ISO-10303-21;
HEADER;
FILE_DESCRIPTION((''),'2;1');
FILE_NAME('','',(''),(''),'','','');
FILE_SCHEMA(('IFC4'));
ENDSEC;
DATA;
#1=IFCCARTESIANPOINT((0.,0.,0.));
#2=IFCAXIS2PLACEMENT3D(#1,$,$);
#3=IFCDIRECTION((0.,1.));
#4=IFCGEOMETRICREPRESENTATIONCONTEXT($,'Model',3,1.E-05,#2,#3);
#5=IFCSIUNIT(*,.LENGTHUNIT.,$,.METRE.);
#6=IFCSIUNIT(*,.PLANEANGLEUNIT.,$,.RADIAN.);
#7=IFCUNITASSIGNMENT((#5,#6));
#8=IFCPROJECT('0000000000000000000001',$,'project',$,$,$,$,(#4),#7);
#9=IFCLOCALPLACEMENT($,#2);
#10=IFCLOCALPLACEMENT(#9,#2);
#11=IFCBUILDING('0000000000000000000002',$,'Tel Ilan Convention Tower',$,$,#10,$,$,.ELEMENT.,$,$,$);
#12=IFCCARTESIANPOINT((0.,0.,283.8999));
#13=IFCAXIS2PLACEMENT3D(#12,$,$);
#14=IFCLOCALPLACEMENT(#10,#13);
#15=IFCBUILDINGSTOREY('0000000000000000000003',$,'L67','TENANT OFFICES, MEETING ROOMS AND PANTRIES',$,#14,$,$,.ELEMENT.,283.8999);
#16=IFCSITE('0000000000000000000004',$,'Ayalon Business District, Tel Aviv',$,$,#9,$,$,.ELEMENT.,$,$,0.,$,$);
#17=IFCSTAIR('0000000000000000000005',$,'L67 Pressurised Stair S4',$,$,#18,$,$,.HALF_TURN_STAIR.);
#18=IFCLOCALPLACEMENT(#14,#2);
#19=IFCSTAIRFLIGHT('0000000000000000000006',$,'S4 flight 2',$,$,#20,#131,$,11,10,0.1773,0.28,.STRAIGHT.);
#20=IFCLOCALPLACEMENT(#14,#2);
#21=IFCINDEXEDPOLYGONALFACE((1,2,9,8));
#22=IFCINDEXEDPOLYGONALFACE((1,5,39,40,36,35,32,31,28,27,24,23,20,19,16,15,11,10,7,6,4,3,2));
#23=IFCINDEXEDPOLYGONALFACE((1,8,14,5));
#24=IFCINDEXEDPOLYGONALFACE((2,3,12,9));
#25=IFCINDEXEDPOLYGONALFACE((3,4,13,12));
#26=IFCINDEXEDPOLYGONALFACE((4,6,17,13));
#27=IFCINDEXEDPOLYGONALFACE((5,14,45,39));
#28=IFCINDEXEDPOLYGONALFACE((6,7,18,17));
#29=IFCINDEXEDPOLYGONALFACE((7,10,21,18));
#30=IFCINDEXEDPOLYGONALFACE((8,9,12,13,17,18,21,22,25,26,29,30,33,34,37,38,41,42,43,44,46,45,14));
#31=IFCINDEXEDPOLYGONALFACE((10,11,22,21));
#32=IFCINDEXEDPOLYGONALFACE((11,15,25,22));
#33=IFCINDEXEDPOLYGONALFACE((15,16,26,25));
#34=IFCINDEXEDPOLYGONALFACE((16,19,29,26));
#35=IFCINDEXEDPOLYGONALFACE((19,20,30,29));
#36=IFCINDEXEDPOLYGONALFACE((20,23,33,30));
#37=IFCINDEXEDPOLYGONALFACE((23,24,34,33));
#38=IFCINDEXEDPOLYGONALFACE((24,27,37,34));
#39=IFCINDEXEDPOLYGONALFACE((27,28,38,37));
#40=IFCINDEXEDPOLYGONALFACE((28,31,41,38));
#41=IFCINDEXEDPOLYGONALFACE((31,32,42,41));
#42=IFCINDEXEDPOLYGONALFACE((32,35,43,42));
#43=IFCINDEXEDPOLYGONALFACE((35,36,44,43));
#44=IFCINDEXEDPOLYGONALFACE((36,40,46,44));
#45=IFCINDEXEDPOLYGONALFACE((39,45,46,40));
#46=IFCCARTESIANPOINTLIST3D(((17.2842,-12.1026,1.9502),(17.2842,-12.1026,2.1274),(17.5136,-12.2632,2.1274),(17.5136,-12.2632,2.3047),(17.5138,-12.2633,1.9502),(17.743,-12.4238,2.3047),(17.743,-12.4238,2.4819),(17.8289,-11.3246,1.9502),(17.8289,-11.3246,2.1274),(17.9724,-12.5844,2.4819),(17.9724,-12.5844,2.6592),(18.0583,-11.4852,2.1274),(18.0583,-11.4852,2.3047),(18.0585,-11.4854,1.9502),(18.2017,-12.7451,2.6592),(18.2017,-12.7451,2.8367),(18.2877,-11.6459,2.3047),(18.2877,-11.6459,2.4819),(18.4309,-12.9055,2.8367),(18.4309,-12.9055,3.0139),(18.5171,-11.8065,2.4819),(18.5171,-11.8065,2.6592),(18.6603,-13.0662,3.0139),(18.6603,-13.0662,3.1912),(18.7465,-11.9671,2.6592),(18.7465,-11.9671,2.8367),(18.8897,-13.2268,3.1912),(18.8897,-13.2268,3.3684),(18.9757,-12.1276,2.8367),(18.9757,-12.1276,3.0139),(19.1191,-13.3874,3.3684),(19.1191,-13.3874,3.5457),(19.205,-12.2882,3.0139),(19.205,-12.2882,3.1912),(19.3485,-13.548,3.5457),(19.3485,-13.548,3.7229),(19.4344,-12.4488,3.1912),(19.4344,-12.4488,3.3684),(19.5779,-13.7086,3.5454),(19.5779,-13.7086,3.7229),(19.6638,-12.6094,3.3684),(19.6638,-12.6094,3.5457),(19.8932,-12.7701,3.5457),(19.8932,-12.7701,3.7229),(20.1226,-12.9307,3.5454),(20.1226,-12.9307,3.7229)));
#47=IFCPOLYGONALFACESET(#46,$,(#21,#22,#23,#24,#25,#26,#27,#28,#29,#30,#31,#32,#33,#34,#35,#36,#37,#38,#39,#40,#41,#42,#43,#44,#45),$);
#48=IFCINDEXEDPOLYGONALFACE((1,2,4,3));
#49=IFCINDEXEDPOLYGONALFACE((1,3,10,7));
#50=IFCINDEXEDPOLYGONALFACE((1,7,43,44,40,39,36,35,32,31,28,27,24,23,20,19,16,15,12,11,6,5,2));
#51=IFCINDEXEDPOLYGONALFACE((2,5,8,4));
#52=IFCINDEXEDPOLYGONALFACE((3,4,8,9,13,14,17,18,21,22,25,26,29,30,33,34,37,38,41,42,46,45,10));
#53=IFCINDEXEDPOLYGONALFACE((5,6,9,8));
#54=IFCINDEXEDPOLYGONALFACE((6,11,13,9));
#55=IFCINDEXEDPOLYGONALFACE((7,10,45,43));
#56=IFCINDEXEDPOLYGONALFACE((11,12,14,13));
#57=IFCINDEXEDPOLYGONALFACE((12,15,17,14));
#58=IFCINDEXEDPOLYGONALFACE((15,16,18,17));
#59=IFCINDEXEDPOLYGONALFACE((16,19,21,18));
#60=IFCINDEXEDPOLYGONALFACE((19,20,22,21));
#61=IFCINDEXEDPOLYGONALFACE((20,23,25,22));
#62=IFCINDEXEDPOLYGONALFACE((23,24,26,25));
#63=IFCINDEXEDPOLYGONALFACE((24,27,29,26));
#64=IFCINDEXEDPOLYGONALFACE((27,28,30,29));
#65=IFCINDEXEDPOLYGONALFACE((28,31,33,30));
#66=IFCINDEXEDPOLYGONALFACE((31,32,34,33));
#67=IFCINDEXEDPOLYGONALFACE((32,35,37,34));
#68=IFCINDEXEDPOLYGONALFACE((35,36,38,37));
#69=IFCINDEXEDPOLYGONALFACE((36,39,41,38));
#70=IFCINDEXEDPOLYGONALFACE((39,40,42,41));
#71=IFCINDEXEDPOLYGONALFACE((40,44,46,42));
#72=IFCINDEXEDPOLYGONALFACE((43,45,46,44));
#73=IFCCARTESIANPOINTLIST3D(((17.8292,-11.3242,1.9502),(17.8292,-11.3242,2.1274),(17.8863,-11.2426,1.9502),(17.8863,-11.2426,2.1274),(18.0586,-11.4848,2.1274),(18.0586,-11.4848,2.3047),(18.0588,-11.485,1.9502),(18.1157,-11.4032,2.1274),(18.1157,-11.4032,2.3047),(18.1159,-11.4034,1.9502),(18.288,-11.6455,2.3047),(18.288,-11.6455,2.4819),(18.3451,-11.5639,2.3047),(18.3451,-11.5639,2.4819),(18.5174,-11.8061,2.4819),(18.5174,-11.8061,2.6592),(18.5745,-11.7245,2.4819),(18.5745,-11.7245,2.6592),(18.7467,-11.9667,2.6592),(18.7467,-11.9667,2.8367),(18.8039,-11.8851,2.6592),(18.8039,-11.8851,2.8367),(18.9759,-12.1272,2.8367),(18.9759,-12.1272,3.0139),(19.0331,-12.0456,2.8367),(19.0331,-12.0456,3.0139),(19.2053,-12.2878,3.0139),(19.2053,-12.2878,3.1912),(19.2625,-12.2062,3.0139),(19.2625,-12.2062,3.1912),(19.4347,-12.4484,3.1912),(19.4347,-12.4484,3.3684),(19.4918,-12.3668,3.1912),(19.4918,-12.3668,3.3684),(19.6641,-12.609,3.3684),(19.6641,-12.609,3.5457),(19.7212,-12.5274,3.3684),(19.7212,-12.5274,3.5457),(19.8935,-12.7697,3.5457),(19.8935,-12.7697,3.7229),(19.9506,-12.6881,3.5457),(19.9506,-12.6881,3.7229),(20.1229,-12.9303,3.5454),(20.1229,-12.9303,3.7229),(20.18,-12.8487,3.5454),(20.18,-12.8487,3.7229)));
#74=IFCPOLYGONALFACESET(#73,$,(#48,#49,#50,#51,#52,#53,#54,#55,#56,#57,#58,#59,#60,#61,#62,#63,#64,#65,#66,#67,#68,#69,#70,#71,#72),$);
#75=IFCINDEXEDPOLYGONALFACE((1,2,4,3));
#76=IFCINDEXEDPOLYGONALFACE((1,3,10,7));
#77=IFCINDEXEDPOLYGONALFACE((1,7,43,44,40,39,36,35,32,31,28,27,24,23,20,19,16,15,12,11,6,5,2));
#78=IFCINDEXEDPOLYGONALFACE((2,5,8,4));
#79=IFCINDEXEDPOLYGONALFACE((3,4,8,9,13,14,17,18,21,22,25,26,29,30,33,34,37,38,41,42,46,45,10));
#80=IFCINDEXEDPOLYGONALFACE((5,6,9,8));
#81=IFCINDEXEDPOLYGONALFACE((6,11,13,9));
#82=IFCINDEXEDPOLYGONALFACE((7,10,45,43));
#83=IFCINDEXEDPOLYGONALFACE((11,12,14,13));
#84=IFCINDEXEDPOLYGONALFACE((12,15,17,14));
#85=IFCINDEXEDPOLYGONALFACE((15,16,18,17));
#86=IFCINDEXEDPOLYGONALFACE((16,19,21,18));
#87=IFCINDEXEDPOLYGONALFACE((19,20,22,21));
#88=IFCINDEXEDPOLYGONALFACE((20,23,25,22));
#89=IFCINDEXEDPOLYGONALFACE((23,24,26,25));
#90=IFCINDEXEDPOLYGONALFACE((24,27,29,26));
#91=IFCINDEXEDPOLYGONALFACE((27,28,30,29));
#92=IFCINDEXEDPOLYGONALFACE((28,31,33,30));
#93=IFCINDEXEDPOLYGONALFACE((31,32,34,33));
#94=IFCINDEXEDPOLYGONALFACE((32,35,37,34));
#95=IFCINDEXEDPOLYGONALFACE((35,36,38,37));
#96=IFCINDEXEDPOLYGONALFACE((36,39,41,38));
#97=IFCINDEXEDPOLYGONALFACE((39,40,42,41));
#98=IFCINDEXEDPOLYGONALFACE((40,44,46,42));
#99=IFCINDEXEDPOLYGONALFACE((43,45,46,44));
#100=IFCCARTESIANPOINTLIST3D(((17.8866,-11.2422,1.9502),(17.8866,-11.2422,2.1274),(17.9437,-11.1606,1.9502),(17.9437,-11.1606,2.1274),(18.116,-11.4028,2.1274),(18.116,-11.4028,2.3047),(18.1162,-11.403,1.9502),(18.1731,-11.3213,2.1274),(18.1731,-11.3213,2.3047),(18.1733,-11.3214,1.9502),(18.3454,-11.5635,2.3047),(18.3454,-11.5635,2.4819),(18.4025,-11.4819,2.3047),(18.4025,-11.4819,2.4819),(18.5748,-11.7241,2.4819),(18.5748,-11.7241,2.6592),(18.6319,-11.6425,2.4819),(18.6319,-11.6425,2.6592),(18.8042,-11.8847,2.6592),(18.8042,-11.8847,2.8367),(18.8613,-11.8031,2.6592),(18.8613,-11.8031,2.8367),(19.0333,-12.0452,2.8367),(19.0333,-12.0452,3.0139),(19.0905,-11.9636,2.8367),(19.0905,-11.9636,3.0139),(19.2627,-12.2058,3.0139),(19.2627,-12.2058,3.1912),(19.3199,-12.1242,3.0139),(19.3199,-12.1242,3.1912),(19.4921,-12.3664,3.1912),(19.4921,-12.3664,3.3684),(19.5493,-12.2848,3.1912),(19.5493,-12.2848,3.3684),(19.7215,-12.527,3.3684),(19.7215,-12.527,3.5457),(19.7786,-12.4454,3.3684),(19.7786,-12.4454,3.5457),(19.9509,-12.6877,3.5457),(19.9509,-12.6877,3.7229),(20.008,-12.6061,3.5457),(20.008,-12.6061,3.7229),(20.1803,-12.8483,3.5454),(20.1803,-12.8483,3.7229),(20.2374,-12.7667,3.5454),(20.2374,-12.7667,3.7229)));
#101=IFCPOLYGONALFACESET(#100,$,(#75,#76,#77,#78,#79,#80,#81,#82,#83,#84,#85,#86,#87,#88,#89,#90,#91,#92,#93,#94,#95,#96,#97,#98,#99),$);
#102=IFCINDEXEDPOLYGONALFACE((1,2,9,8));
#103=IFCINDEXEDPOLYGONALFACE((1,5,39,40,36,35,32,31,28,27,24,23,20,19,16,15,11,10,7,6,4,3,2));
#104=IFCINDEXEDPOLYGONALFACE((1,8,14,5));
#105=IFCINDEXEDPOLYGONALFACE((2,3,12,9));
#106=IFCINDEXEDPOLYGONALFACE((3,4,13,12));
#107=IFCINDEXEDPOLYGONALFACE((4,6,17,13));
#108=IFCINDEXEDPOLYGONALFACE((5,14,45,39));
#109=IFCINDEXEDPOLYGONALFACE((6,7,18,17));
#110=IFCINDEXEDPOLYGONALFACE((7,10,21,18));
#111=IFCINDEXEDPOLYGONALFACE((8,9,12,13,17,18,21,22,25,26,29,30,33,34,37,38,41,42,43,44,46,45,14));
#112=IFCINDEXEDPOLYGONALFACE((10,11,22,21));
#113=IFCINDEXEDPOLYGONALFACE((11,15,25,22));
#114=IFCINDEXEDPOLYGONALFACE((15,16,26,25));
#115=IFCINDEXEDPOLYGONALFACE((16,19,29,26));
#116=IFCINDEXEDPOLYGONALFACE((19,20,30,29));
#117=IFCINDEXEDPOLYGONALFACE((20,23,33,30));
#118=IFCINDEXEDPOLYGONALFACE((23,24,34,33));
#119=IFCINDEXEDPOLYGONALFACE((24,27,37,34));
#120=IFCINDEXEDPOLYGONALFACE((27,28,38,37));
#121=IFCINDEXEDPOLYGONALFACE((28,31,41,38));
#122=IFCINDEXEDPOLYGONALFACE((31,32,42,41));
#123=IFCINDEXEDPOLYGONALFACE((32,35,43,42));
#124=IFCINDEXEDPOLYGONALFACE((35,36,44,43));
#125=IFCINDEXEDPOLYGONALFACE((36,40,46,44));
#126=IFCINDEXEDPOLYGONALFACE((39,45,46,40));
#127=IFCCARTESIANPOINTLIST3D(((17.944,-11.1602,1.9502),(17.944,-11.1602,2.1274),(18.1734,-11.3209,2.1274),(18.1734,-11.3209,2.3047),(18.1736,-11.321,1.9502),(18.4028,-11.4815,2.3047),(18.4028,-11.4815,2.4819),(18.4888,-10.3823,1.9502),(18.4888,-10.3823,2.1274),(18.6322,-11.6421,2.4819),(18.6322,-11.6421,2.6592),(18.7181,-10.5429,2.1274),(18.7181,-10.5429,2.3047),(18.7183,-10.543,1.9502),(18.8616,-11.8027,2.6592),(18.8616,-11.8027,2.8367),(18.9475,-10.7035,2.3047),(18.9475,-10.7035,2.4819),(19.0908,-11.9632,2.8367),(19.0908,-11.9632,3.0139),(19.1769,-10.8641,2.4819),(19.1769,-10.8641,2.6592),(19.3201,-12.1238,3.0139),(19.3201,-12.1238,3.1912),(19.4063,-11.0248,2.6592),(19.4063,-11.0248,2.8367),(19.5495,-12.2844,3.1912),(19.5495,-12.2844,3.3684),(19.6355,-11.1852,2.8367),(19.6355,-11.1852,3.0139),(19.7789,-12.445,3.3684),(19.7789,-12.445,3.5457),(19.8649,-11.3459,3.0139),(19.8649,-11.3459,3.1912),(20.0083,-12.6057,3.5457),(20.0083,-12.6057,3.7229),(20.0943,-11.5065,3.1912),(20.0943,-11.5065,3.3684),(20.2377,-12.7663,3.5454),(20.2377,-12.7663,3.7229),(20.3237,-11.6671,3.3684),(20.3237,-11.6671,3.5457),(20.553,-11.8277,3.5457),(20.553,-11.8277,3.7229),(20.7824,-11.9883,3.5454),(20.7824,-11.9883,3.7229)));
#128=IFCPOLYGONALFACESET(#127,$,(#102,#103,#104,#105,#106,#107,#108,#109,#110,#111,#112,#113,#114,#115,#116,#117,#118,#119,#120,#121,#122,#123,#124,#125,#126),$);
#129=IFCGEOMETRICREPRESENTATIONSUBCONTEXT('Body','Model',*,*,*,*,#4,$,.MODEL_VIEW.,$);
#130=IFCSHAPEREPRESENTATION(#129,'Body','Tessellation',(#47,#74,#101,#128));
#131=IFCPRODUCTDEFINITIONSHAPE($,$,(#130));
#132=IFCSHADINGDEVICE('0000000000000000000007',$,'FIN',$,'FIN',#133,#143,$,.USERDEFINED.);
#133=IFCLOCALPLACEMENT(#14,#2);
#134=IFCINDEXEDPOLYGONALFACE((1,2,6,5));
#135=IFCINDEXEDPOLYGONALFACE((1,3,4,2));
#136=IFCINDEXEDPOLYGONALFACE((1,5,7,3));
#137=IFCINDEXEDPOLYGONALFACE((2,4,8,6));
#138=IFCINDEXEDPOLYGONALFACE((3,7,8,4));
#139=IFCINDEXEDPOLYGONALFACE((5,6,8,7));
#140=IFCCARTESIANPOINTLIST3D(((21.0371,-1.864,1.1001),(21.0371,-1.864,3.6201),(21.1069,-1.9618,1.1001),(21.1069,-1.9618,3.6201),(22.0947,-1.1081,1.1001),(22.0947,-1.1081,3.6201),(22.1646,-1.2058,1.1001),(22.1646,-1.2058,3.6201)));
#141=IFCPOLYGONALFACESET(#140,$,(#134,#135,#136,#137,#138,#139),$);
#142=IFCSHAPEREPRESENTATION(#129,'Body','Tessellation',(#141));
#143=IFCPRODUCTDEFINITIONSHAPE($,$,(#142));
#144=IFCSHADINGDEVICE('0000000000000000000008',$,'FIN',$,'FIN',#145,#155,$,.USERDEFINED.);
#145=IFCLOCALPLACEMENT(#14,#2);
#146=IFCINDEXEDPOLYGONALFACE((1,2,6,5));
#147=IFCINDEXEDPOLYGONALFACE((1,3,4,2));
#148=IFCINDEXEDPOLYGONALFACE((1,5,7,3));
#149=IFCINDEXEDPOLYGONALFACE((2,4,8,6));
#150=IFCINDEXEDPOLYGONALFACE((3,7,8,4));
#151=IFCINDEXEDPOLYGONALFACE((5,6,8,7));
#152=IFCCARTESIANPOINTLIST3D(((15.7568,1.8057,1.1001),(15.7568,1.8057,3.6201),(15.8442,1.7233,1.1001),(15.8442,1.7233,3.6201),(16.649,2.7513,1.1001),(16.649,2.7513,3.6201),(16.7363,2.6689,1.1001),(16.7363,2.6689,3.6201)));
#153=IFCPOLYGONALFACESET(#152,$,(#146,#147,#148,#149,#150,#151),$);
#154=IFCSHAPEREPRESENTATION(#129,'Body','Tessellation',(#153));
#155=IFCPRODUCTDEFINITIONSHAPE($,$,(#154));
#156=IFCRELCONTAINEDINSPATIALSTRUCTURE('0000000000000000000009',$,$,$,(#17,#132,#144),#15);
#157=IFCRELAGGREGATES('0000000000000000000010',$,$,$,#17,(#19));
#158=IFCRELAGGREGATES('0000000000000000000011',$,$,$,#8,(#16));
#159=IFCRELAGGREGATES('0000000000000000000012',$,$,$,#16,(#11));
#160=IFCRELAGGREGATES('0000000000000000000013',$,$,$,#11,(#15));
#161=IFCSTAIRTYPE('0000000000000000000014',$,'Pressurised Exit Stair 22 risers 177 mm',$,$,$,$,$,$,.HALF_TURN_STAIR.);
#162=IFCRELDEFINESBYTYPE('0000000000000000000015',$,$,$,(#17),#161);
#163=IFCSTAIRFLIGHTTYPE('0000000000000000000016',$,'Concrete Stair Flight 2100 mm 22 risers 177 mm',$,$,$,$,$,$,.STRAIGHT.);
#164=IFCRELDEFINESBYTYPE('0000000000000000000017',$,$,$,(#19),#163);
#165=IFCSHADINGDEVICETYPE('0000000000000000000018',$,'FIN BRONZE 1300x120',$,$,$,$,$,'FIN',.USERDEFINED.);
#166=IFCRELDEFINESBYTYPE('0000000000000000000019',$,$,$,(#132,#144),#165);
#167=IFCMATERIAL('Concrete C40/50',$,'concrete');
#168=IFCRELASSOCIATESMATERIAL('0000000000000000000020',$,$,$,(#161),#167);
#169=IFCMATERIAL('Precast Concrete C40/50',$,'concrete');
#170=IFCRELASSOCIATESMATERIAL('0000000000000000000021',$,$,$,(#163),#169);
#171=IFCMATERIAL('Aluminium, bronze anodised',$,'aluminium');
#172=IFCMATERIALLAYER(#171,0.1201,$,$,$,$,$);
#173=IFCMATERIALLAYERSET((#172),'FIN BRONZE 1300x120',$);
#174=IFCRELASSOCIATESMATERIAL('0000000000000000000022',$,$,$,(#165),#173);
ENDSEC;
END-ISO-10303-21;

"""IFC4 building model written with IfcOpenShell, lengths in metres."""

from ifc_helpers import new_model, si_unit, direction, frame, origin, origin_2d, place, context, subcontext, project, spatial, polyline, rectangle, outline, extrude, material, layer, layer_set, type_object, element, aggregate, save


model = new_model("IFC4")

# Units and contexts
model_context = context("Model", 3, precision=1e-05, world=origin(), true_north=direction((0.0, 1.0)))
body_context = subcontext(model_context, "Body", "Model", "MODEL_VIEW")
ifc_project = project(units=[si_unit("LENGTHUNIT", "METRE"), si_unit("PLANEANGLEUNIT", "RADIAN")], contexts=[model_context])

# Site, building, storey
site_placement = place(None, origin())
site = spatial("IfcSite", under=ifc_project, at=site_placement, Name="Ayalon Business District, Tel Aviv", CompositionType="ELEMENT", RefElevation=0.0)
building_placement = place(site_placement, origin())
building = spatial("IfcBuilding", under=site, at=building_placement, Name="Tel Ilan Convention Tower", CompositionType="ELEMENT")
storey_placement = place(building_placement, frame((0.0, 0.0, 283.8999)))
storey = spatial("IfcBuildingStorey", under=building, at=storey_placement, Name="L67", Description="TENANT OFFICES, MEETING ROOMS AND PANTRIES", CompositionType="ELEMENT", Elevation=283.8999)

# Shared definitions
ifc_material_1 = material(Name="Concrete C40/50", Category="concrete")
stair_type = type_object("IfcStairType", Name="Pressurised Exit Stair 22 risers 177 mm", PredefinedType="HALF_TURN_STAIR", material=ifc_material_1)
ifc_material_2 = material(Name="Precast Concrete C40/50", Category="concrete")
stair_flight_type = type_object("IfcStairFlightType", Name="Concrete Stair Flight 2100 mm 22 risers 177 mm", PredefinedType="STRAIGHT", material=ifc_material_2)

# Stair, stair flight
stair_1_placement = place(storey_placement, origin())
stair_1 = element("IfcStair", 1, at=stair_1_placement, inside=storey, type_object=stair_type, Name="L67 Pressurised Stair S4", PredefinedType="HALF_TURN_STAIR")
stair_flight_1_placement = place(storey_placement, frame((17.8865, -11.2424, 1.9502), z_axis=(0.0, 0.0, 1.0), x_axis=(0.819152, -0.573576, 0.0)))
stair_flight_1 = element("IfcStairFlight", 2, at=stair_flight_1_placement, type_object=stair_flight_type, Name="S4 flight 2", NumberOfRisers=11, NumberOfTreads=10, PredefinedType="STRAIGHT", RiserHeight=0.1773, TreadLength=0.28, context=body_context, shape_type="SweptSolid", body=[
    extrude(outline(polyline([(0.0, 0.0), (0.0, 0.1772), (0.28, 0.1772), (0.28, 0.3545), (0.5601, 0.3545), (0.5601, 0.5317), (0.8401, 0.5317), (0.8401, 0.709), (1.1201, 0.709), (1.1201, 0.8865), (1.3999, 0.8865), (1.3999, 1.0637), (1.6799, 1.0637), (1.6799, 1.241), (1.96, 1.241), (1.96, 1.4182), (2.24, 1.4182), (2.24, 1.5955), (2.52, 1.5955), (2.52, 1.7727), (2.8, 1.7727), (2.8, 1.95), (2.8, 1.5952), (0.2803, 0.0), (0.0, 0.0)])), frame((0.0, -0.1003, 0.0), z_axis=(0.0, -1.0, 0.0), x_axis=(1.0, 0.0, 0.0)), (0.0, 0.0, 1.0), 0.9497),
    extrude(outline(polyline([(0.0, 0.0), (0.0, 0.1772), (0.28, 0.1772), (0.28, 0.3545), (0.5601, 0.3545), (0.5601, 0.5317), (0.8401, 0.5317), (0.8401, 0.709), (1.1201, 0.709), (1.1201, 0.8865), (1.3999, 0.8865), (1.3999, 1.0637), (1.6799, 1.0637), (1.6799, 1.241), (1.96, 1.241), (1.96, 1.4182), (2.24, 1.4182), (2.24, 1.5955), (2.52, 1.5955), (2.52, 1.7727), (2.8, 1.7727), (2.8, 1.95), (2.8, 1.5952), (0.2803, 0.0), (0.0, 0.0)])), frame((0.0, -0.0002, 0.0), z_axis=(0.0, -1.0, 0.0), x_axis=(1.0, 0.0, 0.0)), (0.0, 0.0, 1.0), 0.0996),
    extrude(outline(polyline([(0.0, 0.0), (0.0, 0.1772), (0.28, 0.1772), (0.28, 0.3545), (0.5601, 0.3545), (0.5601, 0.5317), (0.8401, 0.5317), (0.8401, 0.709), (1.1201, 0.709), (1.1201, 0.8865), (1.3999, 0.8865), (1.3999, 1.0637), (1.6799, 1.0637), (1.6799, 1.241), (1.96, 1.241), (1.96, 1.4182), (2.24, 1.4182), (2.24, 1.5955), (2.52, 1.5955), (2.52, 1.7727), (2.8, 1.7727), (2.8, 1.95), (2.8, 1.5952), (0.2803, 0.0), (0.0, 0.0)])), frame((0.0, 0.0999, 0.0), z_axis=(0.0, -1.0, 0.0), x_axis=(1.0, 0.0, 0.0)), (0.0, 0.0, 1.0), 0.0996),
    extrude(outline(polyline([(0.0, 0.0), (0.0, 0.1772), (0.28, 0.1772), (0.28, 0.3545), (0.5601, 0.3545), (0.5601, 0.5317), (0.8401, 0.5317), (0.8401, 0.709), (1.1201, 0.709), (1.1201, 0.8865), (1.3999, 0.8865), (1.3999, 1.0637), (1.6799, 1.0637), (1.6799, 1.241), (1.96, 1.241), (1.96, 1.4182), (2.24, 1.4182), (2.24, 1.5955), (2.52, 1.5955), (2.52, 1.7727), (2.8, 1.7727), (2.8, 1.95), (2.8, 1.5952), (0.2803, 0.0), (0.0, 0.0)])), frame((0.0, 1.05, 0.0), z_axis=(0.0, -1.0, 0.0), x_axis=(1.0, 0.0, 0.0)), (0.0, 0.0, 1.0), 0.9497),
])
aggregate(stair_1, [stair_flight_1])

# Shading devices
ifc_material_3 = material(Name="Aluminium, bronze anodised", Category="aluminium")
ifc_layer_1 = layer(ifc_material_3, 0.1201)
ifc_layer_set_1 = layer_set([ifc_layer_1], Name="FIN BRONZE 1300x120")
shading_device_type = type_object("IfcShadingDeviceType", Name="FIN BRONZE 1300x120", ElementType="FIN", PredefinedType="USERDEFINED", material=ifc_layer_set_1)
for number, where, z_axis, x_axis, name in (
    (3, (21.6008, -1.5349, 1.1001), (0.0, 0.0, 1.0), (0.813552, 0.581492, 0.0), "FIN"),
    (4, (16.2466, 2.2373, 1.1001), (0.0, 0.0, 1.0), (0.686242, 0.727374, 0.0), "FIN"),
):
    element("IfcShadingDevice", number, at=place(storey_placement, frame(where, z_axis=z_axis, x_axis=x_axis)), inside=storey, type_object=shading_device_type, Name=name, ObjectType="FIN", PredefinedType="USERDEFINED", context=body_context, shape_type="SweptSolid", body=[
        extrude(rectangle(XDim=1.3, YDim=0.1201, at=origin_2d()), origin(), (0.0, 0.0, 1.0), 2.52),
    ])

save(model, "model.ifc")
